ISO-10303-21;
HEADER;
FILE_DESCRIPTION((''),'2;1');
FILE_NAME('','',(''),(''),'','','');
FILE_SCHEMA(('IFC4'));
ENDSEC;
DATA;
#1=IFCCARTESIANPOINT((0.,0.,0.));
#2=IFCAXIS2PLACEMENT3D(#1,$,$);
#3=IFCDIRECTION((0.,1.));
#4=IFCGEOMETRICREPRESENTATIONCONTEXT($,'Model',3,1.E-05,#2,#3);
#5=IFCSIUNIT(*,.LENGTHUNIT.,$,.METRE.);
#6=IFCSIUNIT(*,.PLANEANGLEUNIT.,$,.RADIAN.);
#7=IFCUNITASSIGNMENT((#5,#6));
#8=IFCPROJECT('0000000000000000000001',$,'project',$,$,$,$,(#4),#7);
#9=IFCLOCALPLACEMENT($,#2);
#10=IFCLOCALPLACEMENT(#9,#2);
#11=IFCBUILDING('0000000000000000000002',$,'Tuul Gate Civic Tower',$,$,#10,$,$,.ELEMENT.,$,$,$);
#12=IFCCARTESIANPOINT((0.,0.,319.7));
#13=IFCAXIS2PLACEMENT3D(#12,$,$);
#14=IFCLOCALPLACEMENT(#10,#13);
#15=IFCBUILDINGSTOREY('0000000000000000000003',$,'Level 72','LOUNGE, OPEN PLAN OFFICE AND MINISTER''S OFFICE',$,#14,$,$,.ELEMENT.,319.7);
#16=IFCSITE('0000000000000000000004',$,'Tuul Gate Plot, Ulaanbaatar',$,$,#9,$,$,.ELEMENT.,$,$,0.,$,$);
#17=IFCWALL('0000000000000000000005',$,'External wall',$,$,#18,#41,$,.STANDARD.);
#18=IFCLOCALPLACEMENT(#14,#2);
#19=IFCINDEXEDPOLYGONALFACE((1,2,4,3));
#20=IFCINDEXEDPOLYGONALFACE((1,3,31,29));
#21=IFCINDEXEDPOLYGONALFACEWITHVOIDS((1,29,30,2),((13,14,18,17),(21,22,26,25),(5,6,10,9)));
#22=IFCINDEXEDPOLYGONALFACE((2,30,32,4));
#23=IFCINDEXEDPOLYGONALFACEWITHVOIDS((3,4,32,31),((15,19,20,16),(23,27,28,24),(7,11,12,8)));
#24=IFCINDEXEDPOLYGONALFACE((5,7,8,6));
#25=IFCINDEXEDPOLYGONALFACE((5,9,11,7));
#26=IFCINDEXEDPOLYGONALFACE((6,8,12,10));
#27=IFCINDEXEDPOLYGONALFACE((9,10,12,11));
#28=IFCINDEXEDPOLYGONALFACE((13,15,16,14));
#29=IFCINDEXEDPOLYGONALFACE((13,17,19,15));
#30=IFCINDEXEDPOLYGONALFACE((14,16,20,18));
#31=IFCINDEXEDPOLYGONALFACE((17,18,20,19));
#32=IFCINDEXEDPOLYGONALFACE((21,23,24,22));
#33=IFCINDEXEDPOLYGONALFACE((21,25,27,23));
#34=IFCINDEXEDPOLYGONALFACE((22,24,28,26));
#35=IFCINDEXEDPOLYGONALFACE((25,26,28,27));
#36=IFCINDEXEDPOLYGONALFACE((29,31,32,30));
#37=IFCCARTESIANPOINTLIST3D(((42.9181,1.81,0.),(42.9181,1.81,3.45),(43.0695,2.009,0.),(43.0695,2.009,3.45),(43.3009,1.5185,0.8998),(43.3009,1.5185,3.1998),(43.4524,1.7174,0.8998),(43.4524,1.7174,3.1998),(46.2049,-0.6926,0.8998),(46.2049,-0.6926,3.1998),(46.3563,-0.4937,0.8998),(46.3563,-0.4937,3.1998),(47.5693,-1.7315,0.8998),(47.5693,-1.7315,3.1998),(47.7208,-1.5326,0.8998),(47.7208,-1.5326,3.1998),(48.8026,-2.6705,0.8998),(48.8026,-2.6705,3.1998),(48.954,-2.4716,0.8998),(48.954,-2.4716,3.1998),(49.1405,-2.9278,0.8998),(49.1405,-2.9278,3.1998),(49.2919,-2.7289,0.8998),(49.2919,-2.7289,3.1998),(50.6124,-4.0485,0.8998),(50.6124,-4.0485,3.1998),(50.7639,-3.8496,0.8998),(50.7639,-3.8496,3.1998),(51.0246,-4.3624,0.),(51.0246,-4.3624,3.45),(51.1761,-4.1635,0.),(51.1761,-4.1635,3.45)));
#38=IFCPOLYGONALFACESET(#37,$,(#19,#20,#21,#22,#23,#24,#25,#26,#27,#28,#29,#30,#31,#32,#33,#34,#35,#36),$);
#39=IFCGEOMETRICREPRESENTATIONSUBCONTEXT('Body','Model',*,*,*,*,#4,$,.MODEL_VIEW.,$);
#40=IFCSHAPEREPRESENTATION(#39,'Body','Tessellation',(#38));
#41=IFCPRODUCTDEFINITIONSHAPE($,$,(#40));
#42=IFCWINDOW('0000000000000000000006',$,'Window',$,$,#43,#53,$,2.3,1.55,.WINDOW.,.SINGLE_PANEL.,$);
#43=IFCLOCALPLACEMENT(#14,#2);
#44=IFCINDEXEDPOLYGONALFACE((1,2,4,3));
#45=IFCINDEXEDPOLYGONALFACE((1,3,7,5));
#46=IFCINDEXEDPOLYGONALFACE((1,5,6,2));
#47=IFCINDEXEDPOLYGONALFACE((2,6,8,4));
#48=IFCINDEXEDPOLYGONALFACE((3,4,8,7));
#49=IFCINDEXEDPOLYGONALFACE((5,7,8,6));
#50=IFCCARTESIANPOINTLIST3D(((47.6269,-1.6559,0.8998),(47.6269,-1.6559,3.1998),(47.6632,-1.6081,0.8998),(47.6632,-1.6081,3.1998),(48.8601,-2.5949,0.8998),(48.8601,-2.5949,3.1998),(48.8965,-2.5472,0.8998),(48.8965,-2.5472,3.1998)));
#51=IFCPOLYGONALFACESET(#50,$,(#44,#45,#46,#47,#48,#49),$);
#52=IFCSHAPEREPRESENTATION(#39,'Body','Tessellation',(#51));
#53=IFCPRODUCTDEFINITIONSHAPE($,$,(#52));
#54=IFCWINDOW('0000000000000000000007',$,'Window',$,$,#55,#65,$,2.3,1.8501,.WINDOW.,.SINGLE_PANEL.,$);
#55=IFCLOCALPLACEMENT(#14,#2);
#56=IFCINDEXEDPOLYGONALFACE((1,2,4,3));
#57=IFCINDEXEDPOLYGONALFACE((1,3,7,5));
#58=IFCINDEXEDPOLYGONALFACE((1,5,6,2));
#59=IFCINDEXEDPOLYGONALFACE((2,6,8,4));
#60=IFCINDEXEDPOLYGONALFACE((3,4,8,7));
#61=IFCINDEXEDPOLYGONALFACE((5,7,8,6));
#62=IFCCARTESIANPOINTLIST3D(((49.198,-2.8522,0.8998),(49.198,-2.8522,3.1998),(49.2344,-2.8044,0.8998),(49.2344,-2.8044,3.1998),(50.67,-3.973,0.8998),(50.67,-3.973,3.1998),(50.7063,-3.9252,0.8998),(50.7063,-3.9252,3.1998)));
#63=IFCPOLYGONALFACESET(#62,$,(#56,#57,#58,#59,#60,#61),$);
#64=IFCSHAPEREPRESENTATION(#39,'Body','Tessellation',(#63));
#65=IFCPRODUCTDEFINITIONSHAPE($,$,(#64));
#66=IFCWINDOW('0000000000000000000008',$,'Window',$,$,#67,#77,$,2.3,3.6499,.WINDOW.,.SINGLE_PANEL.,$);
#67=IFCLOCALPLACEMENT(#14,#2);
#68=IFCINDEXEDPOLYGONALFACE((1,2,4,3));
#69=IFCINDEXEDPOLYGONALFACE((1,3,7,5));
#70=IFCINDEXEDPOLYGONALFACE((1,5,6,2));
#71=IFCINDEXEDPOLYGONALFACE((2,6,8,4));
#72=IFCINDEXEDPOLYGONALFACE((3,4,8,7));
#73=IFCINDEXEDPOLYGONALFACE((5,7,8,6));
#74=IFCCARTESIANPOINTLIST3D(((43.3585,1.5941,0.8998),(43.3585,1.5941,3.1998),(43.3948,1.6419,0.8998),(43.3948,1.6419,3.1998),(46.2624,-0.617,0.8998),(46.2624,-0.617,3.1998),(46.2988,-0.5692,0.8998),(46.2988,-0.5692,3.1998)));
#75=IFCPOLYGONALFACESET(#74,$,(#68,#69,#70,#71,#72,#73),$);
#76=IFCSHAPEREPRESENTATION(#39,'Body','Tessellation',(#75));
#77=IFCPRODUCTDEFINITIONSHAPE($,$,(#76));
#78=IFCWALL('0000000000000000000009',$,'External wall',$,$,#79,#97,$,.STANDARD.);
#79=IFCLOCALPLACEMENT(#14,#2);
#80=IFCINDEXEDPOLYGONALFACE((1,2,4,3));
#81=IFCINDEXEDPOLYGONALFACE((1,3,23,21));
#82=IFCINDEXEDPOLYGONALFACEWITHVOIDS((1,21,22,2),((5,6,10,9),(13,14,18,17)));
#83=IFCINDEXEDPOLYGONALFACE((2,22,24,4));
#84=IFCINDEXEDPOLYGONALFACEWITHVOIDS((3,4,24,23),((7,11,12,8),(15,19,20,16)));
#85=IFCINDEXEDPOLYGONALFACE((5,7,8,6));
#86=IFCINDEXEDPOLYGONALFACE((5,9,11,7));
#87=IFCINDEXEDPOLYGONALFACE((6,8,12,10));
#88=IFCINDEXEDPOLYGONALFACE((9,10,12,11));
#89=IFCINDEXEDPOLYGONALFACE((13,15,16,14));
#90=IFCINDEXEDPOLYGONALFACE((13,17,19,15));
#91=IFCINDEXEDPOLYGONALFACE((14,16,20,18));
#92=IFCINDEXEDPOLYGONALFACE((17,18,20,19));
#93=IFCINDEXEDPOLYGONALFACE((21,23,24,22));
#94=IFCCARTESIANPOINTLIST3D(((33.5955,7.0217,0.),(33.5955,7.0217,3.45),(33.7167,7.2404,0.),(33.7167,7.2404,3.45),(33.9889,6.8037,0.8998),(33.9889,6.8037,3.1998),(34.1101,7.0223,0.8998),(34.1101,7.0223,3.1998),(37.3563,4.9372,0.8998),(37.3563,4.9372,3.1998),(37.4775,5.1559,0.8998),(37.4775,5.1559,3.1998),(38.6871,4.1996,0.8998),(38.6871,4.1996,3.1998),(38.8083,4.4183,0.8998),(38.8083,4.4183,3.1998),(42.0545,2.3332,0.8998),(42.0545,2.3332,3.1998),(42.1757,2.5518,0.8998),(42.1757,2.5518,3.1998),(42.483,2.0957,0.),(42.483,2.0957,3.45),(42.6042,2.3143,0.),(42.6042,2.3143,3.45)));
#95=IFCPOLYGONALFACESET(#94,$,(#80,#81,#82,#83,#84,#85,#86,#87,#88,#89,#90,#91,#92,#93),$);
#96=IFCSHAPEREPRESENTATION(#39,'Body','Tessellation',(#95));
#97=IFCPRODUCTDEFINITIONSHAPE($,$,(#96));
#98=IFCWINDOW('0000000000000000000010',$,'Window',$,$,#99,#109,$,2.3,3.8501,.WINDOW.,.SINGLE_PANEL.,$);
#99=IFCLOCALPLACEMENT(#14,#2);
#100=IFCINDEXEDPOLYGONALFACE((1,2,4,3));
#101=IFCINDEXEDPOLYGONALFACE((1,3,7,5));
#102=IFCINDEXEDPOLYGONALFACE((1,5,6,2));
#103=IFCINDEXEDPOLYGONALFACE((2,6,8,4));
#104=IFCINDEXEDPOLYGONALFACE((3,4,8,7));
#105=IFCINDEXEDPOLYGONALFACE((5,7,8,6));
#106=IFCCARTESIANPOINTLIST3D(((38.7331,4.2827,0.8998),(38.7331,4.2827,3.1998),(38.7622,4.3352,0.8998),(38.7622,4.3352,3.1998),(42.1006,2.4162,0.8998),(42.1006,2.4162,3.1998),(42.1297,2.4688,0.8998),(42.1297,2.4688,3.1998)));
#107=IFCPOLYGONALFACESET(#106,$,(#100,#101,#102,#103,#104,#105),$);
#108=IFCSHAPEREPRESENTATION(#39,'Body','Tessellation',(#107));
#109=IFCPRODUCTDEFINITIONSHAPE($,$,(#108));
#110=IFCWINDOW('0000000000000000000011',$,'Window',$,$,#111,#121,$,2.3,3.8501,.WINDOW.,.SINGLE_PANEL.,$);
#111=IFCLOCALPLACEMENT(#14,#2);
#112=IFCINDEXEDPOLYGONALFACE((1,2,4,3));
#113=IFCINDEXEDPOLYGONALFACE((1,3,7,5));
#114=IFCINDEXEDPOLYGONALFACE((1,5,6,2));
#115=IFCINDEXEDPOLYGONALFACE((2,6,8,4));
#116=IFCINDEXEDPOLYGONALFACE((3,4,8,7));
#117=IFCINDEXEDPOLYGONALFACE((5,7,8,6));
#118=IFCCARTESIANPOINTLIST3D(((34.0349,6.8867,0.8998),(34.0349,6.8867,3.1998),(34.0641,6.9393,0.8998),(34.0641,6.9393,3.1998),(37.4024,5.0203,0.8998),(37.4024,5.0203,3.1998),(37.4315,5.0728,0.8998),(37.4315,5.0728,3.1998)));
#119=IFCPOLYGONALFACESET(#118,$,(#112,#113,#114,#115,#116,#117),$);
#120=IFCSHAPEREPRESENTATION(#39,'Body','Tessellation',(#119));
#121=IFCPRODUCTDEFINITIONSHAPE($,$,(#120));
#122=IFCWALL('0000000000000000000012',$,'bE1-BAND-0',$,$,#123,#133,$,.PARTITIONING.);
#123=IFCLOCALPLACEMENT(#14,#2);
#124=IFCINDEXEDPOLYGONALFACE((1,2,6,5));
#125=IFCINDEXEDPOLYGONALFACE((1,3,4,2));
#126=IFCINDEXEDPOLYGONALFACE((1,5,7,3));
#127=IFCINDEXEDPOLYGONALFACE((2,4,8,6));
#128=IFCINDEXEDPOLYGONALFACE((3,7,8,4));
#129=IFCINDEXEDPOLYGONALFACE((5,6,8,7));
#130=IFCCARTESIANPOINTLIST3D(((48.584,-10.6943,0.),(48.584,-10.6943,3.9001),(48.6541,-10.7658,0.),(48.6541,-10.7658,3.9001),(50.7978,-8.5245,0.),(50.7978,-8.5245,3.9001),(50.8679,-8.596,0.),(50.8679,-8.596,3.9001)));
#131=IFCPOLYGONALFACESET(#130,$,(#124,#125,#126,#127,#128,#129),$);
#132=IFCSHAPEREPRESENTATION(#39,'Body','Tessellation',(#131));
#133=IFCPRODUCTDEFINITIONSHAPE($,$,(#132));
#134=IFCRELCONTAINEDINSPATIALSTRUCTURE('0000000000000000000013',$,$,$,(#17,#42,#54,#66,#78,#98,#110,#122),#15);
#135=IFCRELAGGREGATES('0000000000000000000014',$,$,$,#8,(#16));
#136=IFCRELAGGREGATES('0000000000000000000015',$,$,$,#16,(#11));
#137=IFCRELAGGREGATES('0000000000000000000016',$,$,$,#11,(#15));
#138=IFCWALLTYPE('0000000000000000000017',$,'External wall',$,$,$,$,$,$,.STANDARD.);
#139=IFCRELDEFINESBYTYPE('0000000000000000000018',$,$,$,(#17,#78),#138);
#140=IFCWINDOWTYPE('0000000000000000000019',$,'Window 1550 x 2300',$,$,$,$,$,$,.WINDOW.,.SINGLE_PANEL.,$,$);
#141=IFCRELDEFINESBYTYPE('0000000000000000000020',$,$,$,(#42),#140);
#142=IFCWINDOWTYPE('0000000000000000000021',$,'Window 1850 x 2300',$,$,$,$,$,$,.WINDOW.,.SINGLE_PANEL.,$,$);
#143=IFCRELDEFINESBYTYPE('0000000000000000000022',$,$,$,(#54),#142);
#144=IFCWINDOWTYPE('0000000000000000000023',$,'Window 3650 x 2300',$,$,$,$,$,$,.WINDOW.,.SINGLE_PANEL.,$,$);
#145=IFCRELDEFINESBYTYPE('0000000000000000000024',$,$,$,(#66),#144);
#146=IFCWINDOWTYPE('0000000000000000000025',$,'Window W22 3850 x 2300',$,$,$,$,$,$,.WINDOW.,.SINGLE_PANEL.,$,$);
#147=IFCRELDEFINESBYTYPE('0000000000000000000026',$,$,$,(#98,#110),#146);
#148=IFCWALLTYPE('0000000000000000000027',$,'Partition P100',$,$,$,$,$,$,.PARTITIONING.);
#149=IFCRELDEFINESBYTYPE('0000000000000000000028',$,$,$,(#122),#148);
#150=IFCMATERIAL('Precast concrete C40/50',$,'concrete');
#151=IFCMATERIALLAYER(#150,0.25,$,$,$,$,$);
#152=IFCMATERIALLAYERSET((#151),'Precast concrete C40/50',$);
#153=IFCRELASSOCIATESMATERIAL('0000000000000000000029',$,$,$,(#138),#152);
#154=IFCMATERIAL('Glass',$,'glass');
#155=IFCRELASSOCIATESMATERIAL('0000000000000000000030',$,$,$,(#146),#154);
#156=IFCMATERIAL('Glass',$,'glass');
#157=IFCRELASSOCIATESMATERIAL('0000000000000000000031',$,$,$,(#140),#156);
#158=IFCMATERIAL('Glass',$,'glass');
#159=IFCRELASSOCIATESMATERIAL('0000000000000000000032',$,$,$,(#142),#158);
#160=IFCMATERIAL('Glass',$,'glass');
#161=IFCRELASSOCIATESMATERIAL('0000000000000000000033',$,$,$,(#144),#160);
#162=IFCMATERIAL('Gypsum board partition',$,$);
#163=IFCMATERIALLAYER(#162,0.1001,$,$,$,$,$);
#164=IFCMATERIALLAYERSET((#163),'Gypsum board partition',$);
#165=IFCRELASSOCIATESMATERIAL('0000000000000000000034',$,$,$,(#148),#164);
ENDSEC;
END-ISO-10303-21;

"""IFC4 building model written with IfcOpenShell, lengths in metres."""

from ifc_helpers import new_model, si_unit, direction, frame, frame_2d, origin, place, context, subcontext, project, spatial, rectangle, extrude, material, layer, layer_set, type_object, element, fill, save


model = new_model("IFC4")

# Units and contexts
model_context = context("Model", 3, precision=1e-05, world=origin(), true_north=direction((0.0, 1.0)))
body_context = subcontext(model_context, "Body", "Model", "MODEL_VIEW")
ifc_project = project(units=[si_unit("LENGTHUNIT", "METRE"), si_unit("PLANEANGLEUNIT", "RADIAN")], contexts=[model_context])

# Site, building, storey
site_placement = place(None, origin())
site = spatial("IfcSite", under=ifc_project, at=site_placement, Name="Tuul Gate Plot, Ulaanbaatar", CompositionType="ELEMENT", RefElevation=0.0)
building_placement = place(site_placement, origin())
building = spatial("IfcBuilding", under=site, at=building_placement, Name="Tuul Gate Civic Tower", CompositionType="ELEMENT")
storey_placement = place(building_placement, frame((0.0, 0.0, 319.7)))
storey = spatial("IfcBuildingStorey", under=building, at=storey_placement, Name="Level 72", Description="LOUNGE, OPEN PLAN OFFICE AND MINISTER'S OFFICE", CompositionType="ELEMENT", Elevation=319.7)

# Walls, openings, windows
ifc_material_1 = material(Name="Precast concrete C40/50", Category="concrete")
ifc_layer_1 = layer(ifc_material_1, 0.25)
ifc_layer_set_1 = layer_set([ifc_layer_1], Name="Precast concrete C40/50")
wall_type_1 = type_object("IfcWallType", Name="External wall", PredefinedType="STANDARD", material=ifc_layer_set_1)
ifc_material_2 = material(Name="Glass", Category="glass")
window_type_1 = type_object("IfcWindowType", Name="Window W22 3850 x 2300", PartitioningType="SINGLE_PANEL", PredefinedType="WINDOW", material=ifc_material_2)
wall_1_placement = place(storey_placement, frame((51.1003, -4.2629, 0.0), z_axis=(0.0, 0.0, 1.0), x_axis=(-0.79562, 0.605796, 0.0)))
wall_1 = element("IfcWall", 1, at=wall_1_placement, inside=storey, type_object=wall_type_1, Name="External wall", PredefinedType="STANDARD", context=body_context, shape_type="SweptSolid", body=[
    extrude(rectangle(XDim=10.189, YDim=0.25, at=frame_2d((5.0945, 0.0))), origin(), (0.0, 0.0, 1.0), 3.45),
])
opening_1_placement = place(wall_1_placement, frame((6.0579, 0.0, 0.8999)))
opening_1 = element("IfcOpeningElement", 2, at=opening_1_placement, cuts=wall_1, PredefinedType="OPENING", context=body_context, shape_type="SweptSolid", body=[
    extrude(rectangle(XDim=3.6499, YDim=2.3, at=frame_2d((1.825, 1.1499))), frame((0.0, 0.135, 0.0), z_axis=(0.0, -1.0, 0.0), x_axis=(1.0, 0.0, 0.0)), (0.0, 0.0, 1.0), 0.27),
])
opening_2_placement = place(wall_1_placement, frame((0.5181, 0.0, 0.8999)))
opening_2 = element("IfcOpeningElement", 3, at=opening_2_placement, cuts=wall_1, PredefinedType="OPENING", context=body_context, shape_type="SweptSolid", body=[
    extrude(rectangle(XDim=1.8501, YDim=2.3, at=frame_2d((0.925, 1.1499))), frame((0.0, 0.135, 0.0), z_axis=(0.0, -1.0, 0.0), x_axis=(1.0, 0.0, 0.0)), (0.0, 0.0, 1.0), 0.27),
])
opening_3_placement = place(wall_1_placement, frame((2.793, 0.0, 0.8999)))
opening_3 = element("IfcOpeningElement", 4, at=opening_3_placement, cuts=wall_1, PredefinedType="OPENING", context=body_context, shape_type="SweptSolid", body=[
    extrude(rectangle(XDim=1.55, YDim=2.3, at=frame_2d((0.7749, 1.1499))), frame((0.0, 0.135, 0.0), z_axis=(0.0, -1.0, 0.0), x_axis=(1.0, 0.0, 0.0)), (0.0, 0.0, 1.0), 0.27),
])
ifc_material_3 = material(Name="Glass", Category="glass")
window_type_2 = type_object("IfcWindowType", Name="Window 1550 x 2300", PartitioningType="SINGLE_PANEL", PredefinedType="WINDOW", material=ifc_material_3)
window_1_placement = place(opening_3_placement, origin())
window_1 = element("IfcWindow", 5, at=window_1_placement, inside=storey, type_object=window_type_2, Name="Window", OverallHeight=2.3, OverallWidth=1.55, PartitioningType="SINGLE_PANEL", PredefinedType="WINDOW", context=body_context, shape_type="SweptSolid", body=[
    extrude(rectangle(XDim=1.55, YDim=2.3, at=frame_2d((0.7749, 1.1499))), frame((0.0, 0.03, 0.0), z_axis=(0.0, -1.0, 0.0), x_axis=(1.0, 0.0, 0.0)), (0.0, 0.0, 1.0), 0.0601),
])
fill(opening_3, window_1)
ifc_material_4 = material(Name="Glass", Category="glass")
window_type_3 = type_object("IfcWindowType", Name="Window 1850 x 2300", PartitioningType="SINGLE_PANEL", PredefinedType="WINDOW", material=ifc_material_4)
window_2_placement = place(opening_2_placement, origin())
window_2 = element("IfcWindow", 6, at=window_2_placement, inside=storey, type_object=window_type_3, Name="Window", OverallHeight=2.3, OverallWidth=1.8501, PartitioningType="SINGLE_PANEL", PredefinedType="WINDOW", context=body_context, shape_type="SweptSolid", body=[
    extrude(rectangle(XDim=1.8501, YDim=2.3, at=frame_2d((0.925, 1.1499))), frame((0.0, 0.03, 0.0), z_axis=(0.0, -1.0, 0.0), x_axis=(1.0, 0.0, 0.0)), (0.0, 0.0, 1.0), 0.0601),
])
fill(opening_2, window_2)
ifc_material_5 = material(Name="Glass", Category="glass")
window_type_4 = type_object("IfcWindowType", Name="Window 3650 x 2300", PartitioningType="SINGLE_PANEL", PredefinedType="WINDOW", material=ifc_material_5)
window_3_placement = place(opening_1_placement, origin())
window_3 = element("IfcWindow", 7, at=window_3_placement, inside=storey, type_object=window_type_4, Name="Window", OverallHeight=2.3, OverallWidth=3.6499, PartitioningType="SINGLE_PANEL", PredefinedType="WINDOW", context=body_context, shape_type="SweptSolid", body=[
    extrude(rectangle(XDim=3.6499, YDim=2.3, at=frame_2d((1.825, 1.1499))), frame((0.0, 0.03, 0.0), z_axis=(0.0, -1.0, 0.0), x_axis=(1.0, 0.0, 0.0)), (0.0, 0.0, 1.0), 0.0601),
])
fill(opening_1, window_3)
wall_2_placement = place(storey_placement, frame((42.5435, 2.2051, 0.0), z_axis=(0.0, 0.0, 1.0), x_axis=(-0.874635, 0.484782, 0.0)))
wall_2 = element("IfcWall", 8, at=wall_2_placement, inside=storey, type_object=wall_type_1, Name="External wall", PredefinedType="STANDARD", context=body_context, shape_type="SweptSolid", body=[
    extrude(rectangle(XDim=10.1614, YDim=0.25, at=frame_2d((5.0806, 0.0))), origin(), (0.0, 0.0, 1.0), 3.45),
])
opening_4_placement = place(wall_2_placement, frame((0.4897, 0.0, 0.8999)))
opening_4 = element("IfcOpeningElement", 9, at=opening_4_placement, cuts=wall_2, PredefinedType="OPENING", context=body_context, shape_type="SweptSolid", body=[
    extrude(rectangle(XDim=3.8501, YDim=2.3, at=frame_2d((1.925, 1.1499))), frame((0.0, 0.135, 0.0), z_axis=(0.0, -1.0, 0.0), x_axis=(1.0, 0.0, 0.0)), (0.0, 0.0, 1.0), 0.27),
])
opening_5_placement = place(wall_2_placement, frame((5.8613, 0.0, 0.8999)))
opening_5 = element("IfcOpeningElement", 10, at=opening_5_placement, cuts=wall_2, PredefinedType="OPENING", context=body_context, shape_type="SweptSolid", body=[
    extrude(rectangle(XDim=3.8501, YDim=2.3, at=frame_2d((1.925, 1.1499))), frame((0.0, 0.135, 0.0), z_axis=(0.0, -1.0, 0.0), x_axis=(1.0, 0.0, 0.0)), (0.0, 0.0, 1.0), 0.27),
])
window_4_placement = place(opening_4_placement, origin())
window_4 = element("IfcWindow", 11, at=window_4_placement, inside=storey, type_object=window_type_1, Name="Window", OverallHeight=2.3, OverallWidth=3.8501, PartitioningType="SINGLE_PANEL", PredefinedType="WINDOW", context=body_context, shape_type="SweptSolid", body=[
    extrude(rectangle(XDim=3.8501, YDim=2.3, at=frame_2d((1.925, 1.1499))), frame((0.0, 0.03, 0.0), z_axis=(0.0, -1.0, 0.0), x_axis=(1.0, 0.0, 0.0)), (0.0, 0.0, 1.0), 0.0601),
])
fill(opening_4, window_4)
window_5_placement = place(opening_5_placement, origin())
window_5 = element("IfcWindow", 12, at=window_5_placement, inside=storey, type_object=window_type_1, Name="Window", OverallHeight=2.3, OverallWidth=3.8501, PartitioningType="SINGLE_PANEL", PredefinedType="WINDOW", context=body_context, shape_type="SweptSolid", body=[
    extrude(rectangle(XDim=3.8501, YDim=2.3, at=frame_2d((1.925, 1.1499))), frame((0.0, 0.03, 0.0), z_axis=(0.0, -1.0, 0.0), x_axis=(1.0, 0.0, 0.0)), (0.0, 0.0, 1.0), 0.0601),
])
fill(opening_5, window_5)

# Wall
ifc_material_6 = material(Name="Gypsum board partition")
ifc_layer_2 = layer(ifc_material_6, 0.1001)
ifc_layer_set_2 = layer_set([ifc_layer_2], Name="Gypsum board partition")
wall_type_2 = type_object("IfcWallType", Name="Partition P100", PredefinedType="PARTITIONING", material=ifc_layer_set_2)
wall_3_placement = place(storey_placement, frame((48.6191, -10.73, 0.0), z_axis=(0.0, 0.0, 1.0), x_axis=(0.714159, 0.699983, 0.0)))
element("IfcWall", 13, at=wall_3_placement, inside=storey, type_object=wall_type_2, Name="bE1-BAND-0", PredefinedType="PARTITIONING", context=body_context, shape_type="SweptSolid", body=[
    extrude(rectangle(XDim=3.0999, YDim=0.1001, at=frame_2d((1.5498, 0.0))), origin(), (0.0, 0.0, 1.0), 3.9001),
])

save(model, "model.ifc")
